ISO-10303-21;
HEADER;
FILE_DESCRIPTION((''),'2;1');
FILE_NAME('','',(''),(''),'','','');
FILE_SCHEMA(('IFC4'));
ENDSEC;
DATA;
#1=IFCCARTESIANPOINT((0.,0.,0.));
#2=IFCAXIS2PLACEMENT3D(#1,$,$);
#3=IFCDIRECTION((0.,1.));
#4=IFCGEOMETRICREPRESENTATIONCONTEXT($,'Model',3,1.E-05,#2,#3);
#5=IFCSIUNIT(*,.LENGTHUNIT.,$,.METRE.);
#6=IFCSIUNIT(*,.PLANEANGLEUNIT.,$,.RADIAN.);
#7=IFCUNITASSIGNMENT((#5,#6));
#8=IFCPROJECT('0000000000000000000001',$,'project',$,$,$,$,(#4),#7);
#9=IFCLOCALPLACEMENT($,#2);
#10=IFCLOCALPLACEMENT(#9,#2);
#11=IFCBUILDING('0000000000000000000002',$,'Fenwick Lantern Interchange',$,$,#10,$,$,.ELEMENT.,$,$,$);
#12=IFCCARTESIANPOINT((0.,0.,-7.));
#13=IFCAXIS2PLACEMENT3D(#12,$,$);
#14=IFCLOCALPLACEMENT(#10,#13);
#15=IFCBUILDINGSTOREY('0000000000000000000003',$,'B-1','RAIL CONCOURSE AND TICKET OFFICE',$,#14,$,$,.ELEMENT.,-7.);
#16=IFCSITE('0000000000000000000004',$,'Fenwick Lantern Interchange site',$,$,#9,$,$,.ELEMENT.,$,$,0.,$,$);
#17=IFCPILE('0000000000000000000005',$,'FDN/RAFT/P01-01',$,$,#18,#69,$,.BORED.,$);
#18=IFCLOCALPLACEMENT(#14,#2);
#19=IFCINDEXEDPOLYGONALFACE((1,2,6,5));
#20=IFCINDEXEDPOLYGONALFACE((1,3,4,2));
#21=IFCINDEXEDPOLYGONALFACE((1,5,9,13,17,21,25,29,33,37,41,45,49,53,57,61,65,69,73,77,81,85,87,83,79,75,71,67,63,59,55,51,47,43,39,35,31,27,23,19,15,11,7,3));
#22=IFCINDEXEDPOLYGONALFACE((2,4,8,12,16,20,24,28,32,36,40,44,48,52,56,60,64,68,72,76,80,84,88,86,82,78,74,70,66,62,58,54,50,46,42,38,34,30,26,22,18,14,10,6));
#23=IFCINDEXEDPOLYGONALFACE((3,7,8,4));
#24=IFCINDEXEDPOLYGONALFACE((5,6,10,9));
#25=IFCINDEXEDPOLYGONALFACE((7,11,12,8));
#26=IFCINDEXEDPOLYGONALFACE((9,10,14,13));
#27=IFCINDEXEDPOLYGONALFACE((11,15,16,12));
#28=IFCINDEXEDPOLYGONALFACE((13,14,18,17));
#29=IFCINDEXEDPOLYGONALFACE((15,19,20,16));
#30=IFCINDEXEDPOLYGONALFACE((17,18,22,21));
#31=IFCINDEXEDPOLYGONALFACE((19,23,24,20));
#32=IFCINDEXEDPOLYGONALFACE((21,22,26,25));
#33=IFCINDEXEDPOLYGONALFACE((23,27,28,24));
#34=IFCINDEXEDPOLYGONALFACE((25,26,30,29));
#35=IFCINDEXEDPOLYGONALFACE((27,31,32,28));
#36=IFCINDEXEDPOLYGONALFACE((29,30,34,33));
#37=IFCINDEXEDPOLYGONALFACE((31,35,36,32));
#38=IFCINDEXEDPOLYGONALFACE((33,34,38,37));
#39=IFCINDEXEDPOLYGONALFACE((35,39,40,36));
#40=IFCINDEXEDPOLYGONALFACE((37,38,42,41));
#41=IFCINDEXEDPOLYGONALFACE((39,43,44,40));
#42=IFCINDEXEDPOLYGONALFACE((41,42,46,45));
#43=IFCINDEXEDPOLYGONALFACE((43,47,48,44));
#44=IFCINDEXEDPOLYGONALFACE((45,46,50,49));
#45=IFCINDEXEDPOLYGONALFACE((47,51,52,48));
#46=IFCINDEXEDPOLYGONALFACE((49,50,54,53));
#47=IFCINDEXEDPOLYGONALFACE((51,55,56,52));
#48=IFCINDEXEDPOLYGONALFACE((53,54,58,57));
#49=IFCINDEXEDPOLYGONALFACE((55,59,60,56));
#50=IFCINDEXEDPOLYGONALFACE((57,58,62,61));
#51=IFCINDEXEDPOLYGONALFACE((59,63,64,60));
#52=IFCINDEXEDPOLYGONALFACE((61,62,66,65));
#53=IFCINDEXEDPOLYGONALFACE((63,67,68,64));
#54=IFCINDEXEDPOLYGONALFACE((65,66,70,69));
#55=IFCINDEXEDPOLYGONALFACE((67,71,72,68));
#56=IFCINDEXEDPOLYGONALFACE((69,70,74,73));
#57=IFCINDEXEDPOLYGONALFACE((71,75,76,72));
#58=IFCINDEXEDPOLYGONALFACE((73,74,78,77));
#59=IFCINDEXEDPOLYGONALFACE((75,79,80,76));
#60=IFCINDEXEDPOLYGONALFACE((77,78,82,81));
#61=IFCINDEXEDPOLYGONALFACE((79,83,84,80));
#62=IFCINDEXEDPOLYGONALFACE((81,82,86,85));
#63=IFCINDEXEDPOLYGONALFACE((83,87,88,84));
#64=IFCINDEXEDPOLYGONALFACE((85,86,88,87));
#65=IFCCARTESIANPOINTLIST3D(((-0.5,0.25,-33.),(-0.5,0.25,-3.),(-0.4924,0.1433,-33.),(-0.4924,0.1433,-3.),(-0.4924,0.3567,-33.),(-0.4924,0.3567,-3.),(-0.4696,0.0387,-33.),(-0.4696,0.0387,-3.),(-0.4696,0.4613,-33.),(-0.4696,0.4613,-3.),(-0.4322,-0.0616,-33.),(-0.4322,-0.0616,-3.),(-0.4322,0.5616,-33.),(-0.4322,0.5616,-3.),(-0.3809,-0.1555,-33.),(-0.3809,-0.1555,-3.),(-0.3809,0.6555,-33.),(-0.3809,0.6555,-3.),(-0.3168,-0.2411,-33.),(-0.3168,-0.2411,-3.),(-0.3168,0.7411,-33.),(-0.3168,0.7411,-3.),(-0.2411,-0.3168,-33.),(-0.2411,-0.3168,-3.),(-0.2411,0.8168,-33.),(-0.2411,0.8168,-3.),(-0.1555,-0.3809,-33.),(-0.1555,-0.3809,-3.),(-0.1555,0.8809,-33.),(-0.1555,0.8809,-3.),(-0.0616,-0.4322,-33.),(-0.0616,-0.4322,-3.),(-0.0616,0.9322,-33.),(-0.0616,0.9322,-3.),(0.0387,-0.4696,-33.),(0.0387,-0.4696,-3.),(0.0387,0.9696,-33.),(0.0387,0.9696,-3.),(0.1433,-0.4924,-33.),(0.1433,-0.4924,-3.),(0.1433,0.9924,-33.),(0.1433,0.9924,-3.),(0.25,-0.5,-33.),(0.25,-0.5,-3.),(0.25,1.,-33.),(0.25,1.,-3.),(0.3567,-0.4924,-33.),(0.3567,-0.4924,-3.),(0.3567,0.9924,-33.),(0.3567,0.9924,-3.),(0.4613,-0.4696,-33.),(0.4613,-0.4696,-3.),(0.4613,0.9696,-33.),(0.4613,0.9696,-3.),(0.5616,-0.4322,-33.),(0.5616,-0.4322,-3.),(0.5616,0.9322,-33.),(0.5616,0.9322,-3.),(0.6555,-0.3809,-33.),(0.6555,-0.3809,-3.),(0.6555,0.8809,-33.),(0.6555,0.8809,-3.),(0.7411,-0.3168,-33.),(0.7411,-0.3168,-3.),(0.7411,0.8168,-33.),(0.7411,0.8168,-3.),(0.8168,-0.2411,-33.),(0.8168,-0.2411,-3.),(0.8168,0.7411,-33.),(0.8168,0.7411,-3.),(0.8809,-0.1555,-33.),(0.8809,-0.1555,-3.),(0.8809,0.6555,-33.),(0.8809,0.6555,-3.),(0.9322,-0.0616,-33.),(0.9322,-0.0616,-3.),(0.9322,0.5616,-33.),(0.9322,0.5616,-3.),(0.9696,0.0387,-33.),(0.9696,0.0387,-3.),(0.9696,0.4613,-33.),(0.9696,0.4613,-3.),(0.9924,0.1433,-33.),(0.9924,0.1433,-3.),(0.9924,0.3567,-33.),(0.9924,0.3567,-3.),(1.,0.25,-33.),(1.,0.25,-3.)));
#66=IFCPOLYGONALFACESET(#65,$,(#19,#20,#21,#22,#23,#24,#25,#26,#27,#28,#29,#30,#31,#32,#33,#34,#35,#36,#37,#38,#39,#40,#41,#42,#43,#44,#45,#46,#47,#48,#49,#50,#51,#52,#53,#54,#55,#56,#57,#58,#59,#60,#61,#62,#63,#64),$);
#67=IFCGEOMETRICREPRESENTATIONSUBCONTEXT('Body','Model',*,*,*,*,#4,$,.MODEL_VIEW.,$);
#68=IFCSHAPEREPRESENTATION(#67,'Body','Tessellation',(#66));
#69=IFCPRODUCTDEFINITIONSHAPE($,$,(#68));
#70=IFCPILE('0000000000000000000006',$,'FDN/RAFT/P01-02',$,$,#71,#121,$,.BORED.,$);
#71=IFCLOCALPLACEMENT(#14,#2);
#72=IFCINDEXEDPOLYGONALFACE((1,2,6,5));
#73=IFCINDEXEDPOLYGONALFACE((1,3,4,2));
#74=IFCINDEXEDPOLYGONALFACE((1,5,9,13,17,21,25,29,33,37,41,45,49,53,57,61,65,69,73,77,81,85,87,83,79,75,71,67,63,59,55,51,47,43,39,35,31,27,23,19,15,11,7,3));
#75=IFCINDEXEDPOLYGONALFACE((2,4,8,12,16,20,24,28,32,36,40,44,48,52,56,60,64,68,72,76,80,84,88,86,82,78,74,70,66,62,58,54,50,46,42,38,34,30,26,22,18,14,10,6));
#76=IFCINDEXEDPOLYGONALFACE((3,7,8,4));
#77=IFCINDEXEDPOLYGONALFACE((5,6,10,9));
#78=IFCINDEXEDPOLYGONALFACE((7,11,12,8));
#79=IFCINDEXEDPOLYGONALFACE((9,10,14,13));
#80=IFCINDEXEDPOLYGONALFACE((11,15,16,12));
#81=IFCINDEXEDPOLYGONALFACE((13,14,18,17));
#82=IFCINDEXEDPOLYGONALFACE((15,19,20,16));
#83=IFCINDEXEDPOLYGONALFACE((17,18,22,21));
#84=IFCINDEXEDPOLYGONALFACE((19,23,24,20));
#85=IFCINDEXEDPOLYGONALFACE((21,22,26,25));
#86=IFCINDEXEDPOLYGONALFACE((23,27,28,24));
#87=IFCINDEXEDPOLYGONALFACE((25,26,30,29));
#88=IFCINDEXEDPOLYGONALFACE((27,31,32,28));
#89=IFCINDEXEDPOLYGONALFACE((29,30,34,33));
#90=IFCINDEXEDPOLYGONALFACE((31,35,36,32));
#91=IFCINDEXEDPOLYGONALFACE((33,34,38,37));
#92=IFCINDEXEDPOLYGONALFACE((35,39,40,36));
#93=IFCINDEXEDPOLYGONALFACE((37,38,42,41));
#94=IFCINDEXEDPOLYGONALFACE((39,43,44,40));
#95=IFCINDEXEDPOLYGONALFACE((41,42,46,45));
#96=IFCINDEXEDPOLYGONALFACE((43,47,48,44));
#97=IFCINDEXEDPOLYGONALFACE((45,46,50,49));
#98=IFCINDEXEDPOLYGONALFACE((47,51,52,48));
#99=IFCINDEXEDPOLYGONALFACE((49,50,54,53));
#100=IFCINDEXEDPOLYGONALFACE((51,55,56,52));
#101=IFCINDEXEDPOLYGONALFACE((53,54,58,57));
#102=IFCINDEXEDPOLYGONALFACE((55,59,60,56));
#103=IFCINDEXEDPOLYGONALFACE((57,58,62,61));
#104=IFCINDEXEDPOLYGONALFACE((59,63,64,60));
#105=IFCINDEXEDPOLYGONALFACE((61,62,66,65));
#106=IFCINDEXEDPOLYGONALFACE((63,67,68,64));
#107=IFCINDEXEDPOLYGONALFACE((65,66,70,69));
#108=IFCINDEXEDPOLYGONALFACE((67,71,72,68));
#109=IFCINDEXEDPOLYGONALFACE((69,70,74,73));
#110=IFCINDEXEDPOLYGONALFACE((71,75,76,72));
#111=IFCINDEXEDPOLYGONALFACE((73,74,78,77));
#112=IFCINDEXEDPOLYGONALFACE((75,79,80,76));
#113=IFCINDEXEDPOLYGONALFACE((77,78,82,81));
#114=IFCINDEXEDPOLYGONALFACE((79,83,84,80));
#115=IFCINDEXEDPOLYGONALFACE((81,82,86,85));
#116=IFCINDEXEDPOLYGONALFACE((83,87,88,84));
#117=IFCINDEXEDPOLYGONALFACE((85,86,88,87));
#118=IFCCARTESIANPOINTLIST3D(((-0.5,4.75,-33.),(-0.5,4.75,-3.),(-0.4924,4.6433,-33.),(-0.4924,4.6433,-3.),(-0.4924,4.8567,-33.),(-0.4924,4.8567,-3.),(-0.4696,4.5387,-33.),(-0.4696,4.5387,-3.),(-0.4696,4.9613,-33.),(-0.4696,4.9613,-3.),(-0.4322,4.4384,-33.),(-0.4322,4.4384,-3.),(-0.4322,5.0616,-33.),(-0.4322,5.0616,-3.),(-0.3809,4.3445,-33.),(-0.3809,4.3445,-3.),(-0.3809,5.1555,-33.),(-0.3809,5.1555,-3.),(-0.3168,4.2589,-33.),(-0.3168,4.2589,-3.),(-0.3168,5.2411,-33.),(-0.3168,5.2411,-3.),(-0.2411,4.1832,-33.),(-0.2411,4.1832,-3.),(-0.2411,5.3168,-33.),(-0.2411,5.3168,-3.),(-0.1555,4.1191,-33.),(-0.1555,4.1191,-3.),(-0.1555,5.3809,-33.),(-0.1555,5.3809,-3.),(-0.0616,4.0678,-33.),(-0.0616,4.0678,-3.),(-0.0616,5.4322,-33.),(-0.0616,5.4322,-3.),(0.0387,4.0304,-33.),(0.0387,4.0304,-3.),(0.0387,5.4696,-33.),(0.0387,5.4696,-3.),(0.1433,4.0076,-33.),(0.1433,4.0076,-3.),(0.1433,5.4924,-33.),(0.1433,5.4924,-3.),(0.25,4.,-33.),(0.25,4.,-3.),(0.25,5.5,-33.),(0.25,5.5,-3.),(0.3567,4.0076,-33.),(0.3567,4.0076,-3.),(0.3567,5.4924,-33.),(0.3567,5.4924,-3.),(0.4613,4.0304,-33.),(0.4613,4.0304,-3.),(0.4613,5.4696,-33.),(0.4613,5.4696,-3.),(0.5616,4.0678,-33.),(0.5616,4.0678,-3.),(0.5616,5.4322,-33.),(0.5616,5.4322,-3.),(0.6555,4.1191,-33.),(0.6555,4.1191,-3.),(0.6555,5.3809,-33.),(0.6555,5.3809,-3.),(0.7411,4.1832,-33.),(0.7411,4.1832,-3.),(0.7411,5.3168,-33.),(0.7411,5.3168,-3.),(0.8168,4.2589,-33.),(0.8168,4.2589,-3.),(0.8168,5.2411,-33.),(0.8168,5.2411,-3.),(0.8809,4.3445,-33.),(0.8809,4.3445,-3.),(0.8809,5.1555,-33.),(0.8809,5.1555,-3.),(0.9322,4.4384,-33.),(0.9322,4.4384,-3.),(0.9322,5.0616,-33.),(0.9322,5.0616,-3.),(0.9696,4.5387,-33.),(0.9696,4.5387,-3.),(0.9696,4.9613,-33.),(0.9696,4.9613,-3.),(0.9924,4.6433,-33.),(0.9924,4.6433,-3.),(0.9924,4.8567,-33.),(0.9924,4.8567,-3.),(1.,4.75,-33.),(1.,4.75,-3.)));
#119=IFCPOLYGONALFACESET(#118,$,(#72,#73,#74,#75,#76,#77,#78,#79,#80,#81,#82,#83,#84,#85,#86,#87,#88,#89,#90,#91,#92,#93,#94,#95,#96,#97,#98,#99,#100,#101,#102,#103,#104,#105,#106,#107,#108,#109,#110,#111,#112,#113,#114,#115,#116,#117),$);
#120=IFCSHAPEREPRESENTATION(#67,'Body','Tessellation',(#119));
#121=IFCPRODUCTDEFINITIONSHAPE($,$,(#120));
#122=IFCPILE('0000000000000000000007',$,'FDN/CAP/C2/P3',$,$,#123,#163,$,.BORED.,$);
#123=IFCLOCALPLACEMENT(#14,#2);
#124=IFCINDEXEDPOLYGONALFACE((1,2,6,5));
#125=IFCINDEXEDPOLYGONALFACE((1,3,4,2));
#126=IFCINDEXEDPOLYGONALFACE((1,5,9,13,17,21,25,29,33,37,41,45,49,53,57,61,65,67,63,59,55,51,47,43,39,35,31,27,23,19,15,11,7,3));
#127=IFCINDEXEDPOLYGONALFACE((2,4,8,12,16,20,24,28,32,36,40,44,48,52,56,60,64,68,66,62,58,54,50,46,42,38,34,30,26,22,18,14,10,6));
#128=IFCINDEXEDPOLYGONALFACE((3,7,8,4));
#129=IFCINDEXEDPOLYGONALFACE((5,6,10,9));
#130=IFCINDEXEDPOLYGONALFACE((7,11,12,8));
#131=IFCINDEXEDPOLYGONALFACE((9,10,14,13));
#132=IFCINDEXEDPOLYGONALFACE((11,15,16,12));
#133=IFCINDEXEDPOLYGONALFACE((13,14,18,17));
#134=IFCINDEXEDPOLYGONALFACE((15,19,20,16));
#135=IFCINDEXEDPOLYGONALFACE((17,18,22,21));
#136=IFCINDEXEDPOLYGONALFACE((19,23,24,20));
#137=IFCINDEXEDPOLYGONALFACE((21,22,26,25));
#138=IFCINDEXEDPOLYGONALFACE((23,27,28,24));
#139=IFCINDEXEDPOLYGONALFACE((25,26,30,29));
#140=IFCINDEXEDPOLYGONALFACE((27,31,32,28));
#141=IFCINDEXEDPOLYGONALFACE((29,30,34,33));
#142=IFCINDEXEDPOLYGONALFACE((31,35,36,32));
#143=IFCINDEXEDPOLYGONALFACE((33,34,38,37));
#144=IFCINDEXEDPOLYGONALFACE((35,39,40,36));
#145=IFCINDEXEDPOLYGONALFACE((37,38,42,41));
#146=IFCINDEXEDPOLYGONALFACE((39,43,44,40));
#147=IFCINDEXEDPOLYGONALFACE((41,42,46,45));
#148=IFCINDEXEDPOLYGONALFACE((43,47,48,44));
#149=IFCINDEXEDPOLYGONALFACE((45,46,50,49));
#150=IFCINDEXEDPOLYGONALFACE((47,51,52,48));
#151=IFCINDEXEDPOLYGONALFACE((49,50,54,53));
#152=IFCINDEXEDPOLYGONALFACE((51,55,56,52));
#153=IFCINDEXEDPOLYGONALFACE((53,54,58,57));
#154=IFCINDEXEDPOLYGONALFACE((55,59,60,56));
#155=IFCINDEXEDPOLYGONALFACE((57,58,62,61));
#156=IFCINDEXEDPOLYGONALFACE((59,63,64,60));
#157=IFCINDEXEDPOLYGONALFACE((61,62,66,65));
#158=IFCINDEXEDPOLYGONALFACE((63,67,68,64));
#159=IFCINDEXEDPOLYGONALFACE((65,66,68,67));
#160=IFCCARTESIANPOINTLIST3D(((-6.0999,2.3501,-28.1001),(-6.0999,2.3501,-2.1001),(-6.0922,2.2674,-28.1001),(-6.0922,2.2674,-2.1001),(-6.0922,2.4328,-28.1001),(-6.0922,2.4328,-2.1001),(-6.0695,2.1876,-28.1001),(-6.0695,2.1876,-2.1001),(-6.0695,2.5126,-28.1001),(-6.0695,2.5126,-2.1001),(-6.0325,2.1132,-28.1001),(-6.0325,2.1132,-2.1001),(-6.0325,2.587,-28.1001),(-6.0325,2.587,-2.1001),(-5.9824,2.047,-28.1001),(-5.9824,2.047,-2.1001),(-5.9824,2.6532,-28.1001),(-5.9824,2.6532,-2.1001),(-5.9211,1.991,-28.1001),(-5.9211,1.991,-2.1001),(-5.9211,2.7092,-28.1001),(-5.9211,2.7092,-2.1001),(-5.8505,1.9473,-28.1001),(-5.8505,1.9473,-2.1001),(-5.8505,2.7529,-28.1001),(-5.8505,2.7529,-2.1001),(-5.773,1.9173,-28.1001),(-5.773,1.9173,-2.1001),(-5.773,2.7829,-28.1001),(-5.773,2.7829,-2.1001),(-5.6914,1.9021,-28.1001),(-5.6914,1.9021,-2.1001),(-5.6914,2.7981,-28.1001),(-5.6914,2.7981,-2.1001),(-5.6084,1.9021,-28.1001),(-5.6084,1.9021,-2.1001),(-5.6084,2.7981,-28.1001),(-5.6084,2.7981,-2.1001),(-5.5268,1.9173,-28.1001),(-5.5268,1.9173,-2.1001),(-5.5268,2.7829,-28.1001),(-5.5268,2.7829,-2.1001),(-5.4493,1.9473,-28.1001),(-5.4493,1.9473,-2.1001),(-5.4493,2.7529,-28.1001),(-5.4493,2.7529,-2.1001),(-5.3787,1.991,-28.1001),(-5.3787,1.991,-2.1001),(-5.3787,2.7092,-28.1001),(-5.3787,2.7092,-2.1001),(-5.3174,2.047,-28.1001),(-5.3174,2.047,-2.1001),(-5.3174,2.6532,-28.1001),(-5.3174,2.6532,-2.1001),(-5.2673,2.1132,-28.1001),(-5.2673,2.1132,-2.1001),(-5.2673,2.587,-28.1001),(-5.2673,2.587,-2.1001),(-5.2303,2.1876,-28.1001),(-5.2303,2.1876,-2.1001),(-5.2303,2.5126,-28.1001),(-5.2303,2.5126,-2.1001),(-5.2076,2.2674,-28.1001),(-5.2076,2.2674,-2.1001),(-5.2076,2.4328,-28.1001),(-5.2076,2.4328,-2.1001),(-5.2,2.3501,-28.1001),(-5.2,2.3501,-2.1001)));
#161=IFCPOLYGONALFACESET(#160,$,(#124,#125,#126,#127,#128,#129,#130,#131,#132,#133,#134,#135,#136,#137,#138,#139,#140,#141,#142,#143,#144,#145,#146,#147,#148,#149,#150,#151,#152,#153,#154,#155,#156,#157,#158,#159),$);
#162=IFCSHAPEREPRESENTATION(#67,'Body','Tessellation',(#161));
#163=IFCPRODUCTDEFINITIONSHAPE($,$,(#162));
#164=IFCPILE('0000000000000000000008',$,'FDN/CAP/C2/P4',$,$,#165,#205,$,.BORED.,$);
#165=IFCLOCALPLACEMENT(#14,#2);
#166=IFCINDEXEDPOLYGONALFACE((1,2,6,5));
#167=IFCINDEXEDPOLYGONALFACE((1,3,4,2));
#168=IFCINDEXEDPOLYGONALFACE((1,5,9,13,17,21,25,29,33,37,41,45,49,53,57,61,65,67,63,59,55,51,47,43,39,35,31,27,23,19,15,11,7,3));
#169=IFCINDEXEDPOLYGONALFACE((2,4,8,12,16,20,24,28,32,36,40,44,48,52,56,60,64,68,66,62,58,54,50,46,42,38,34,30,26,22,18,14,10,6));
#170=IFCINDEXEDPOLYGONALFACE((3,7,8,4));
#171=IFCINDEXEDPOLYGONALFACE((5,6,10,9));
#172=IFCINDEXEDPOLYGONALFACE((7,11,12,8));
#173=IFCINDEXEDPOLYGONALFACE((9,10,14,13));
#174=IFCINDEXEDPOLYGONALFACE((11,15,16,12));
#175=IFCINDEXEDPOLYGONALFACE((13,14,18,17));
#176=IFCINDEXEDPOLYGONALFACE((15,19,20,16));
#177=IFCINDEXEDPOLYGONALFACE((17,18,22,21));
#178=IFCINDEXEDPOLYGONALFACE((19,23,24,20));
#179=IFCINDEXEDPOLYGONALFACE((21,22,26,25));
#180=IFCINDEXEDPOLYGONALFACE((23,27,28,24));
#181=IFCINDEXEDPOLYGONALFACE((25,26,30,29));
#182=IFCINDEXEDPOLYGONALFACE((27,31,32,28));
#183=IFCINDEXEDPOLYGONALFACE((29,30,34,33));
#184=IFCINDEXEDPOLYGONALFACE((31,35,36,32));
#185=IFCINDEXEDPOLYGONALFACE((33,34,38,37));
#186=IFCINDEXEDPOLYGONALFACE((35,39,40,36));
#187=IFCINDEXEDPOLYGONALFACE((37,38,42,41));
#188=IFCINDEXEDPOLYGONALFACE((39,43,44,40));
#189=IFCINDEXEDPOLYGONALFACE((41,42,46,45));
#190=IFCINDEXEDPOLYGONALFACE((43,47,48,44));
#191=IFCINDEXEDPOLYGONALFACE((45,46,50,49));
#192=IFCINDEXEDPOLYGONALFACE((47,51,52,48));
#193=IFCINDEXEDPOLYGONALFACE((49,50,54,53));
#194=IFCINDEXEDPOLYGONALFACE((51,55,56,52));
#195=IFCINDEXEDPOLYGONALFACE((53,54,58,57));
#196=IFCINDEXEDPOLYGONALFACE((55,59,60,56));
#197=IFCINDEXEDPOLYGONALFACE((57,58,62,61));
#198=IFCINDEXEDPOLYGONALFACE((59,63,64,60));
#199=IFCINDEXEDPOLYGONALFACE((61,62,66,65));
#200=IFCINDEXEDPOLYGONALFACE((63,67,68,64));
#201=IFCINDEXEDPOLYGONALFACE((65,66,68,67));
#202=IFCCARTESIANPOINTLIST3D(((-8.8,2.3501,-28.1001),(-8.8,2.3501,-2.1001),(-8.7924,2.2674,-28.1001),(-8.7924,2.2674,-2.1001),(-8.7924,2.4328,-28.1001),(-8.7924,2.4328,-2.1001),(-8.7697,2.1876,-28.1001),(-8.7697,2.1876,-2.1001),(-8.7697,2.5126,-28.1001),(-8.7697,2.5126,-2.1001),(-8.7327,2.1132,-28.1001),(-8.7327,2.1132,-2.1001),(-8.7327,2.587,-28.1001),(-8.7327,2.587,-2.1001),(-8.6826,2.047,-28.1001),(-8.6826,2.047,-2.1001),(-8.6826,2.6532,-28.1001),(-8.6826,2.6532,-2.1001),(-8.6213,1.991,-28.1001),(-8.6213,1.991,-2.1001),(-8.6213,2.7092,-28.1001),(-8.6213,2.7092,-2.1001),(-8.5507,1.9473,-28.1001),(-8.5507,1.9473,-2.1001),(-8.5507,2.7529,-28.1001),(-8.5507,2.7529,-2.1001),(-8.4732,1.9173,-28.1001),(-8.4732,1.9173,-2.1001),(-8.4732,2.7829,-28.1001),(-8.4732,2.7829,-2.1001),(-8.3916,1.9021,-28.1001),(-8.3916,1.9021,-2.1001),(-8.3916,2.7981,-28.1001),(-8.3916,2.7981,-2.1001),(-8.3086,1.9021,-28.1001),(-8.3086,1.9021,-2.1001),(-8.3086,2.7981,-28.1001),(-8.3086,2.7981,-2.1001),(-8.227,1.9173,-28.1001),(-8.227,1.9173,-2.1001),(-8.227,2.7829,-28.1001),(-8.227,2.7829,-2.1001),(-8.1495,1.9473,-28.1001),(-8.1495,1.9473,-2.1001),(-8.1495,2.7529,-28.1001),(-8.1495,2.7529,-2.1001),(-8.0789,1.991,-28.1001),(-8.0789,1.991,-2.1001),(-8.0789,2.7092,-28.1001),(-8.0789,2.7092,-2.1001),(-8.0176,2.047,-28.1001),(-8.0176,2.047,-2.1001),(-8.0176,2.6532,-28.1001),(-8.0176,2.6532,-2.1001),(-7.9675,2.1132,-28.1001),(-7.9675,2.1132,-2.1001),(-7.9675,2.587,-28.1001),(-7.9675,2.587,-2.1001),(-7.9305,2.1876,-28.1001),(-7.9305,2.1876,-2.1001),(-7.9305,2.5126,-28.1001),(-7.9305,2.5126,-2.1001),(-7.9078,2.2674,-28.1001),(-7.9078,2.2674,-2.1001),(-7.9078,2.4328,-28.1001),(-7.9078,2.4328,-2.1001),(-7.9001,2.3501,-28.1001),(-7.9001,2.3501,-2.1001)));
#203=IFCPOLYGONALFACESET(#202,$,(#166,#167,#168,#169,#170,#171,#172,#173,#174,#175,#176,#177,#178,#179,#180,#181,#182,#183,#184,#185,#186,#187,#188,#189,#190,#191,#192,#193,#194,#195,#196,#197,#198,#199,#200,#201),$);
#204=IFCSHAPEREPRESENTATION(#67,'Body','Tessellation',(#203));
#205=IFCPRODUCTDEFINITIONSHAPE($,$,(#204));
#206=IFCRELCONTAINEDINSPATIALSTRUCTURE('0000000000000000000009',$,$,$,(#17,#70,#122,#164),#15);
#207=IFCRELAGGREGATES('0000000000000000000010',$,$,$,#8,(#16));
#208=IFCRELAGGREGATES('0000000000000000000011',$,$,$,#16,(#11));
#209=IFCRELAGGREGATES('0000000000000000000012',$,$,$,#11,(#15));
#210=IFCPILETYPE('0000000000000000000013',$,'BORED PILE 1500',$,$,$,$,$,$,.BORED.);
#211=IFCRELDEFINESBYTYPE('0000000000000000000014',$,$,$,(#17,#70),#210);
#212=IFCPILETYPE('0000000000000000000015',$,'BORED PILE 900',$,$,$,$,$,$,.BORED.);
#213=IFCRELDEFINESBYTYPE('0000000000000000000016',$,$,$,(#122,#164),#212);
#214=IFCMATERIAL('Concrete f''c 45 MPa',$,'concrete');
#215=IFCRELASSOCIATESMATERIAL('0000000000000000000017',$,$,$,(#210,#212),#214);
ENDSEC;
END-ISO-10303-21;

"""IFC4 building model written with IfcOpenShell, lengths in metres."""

from ifc_helpers import new_model, si_unit, direction, frame, origin, origin_2d, place, context, subcontext, project, spatial, circle, extrude, material, type_object, element, save


model = new_model("IFC4")

# Units and contexts
model_context = context("Model", 3, precision=1e-05, world=origin(), true_north=direction((0.0, 1.0)))
body_context = subcontext(model_context, "Body", "Model", "MODEL_VIEW")
ifc_project = project(units=[si_unit("LENGTHUNIT", "METRE"), si_unit("PLANEANGLEUNIT", "RADIAN")], contexts=[model_context])

# Site, building, storey
site_placement = place(None, origin())
site = spatial("IfcSite", under=ifc_project, at=site_placement, Name="Fenwick Lantern Interchange site", CompositionType="ELEMENT", RefElevation=0.0)
building_placement = place(site_placement, origin())
building = spatial("IfcBuilding", under=site, at=building_placement, Name="Fenwick Lantern Interchange", CompositionType="ELEMENT")
storey_placement = place(building_placement, frame((0.0, 0.0, -7.0)))
storey = spatial("IfcBuildingStorey", under=building, at=storey_placement, Name="B-1", Description="RAIL CONCOURSE AND TICKET OFFICE", CompositionType="ELEMENT", Elevation=-7.0)

# Piles
ifc_material_1 = material(Name="Concrete f'c 45 MPa", Category="concrete")
pile_type_1 = type_object("IfcPileType", Name="BORED PILE 1500", PredefinedType="BORED", material=ifc_material_1)
for number, where, z_axis, x_axis, name in (
    (1, (0.25, 0.25, -3.0), (0.0, 0.0, -1.0), (1.0, 0.0, 0.0), "FDN/RAFT/P01-01"),
    (2, (0.25, 4.75, -3.0), (0.0, 0.0, -1.0), (1.0, 0.0, 0.0), "FDN/RAFT/P01-02"),
):
    element("IfcPile", number, at=place(storey_placement, frame(where, z_axis=z_axis, x_axis=x_axis)), inside=storey, type_object=pile_type_1, Name=name, PredefinedType="BORED", context=body_context, shape_type="SweptSolid", body=[
        extrude(circle(Radius=0.75, at=origin_2d()), origin(), (0.0, 0.0, 1.0), 30.0),
    ])
pile_type_2 = type_object("IfcPileType", Name="BORED PILE 900", PredefinedType="BORED", material=ifc_material_1)
for number, where, z_axis, x_axis, name in (
    (3, (-5.6499, 2.3501, -2.1001), (0.0, 0.0, -1.0), (1.0, 0.0, 0.0), "FDN/CAP/C2/P3"),
    (4, (-8.3501, 2.3501, -2.1001), (0.0, 0.0, -1.0), (1.0, 0.0, 0.0), "FDN/CAP/C2/P4"),
):
    element("IfcPile", number, at=place(storey_placement, frame(where, z_axis=z_axis, x_axis=x_axis)), inside=storey, type_object=pile_type_2, Name=name, PredefinedType="BORED", context=body_context, shape_type="SweptSolid", body=[
        extrude(circle(Radius=0.45, at=origin_2d()), origin(), (0.0, 0.0, 1.0), 26.0),
    ])

save(model, "model.ifc")
